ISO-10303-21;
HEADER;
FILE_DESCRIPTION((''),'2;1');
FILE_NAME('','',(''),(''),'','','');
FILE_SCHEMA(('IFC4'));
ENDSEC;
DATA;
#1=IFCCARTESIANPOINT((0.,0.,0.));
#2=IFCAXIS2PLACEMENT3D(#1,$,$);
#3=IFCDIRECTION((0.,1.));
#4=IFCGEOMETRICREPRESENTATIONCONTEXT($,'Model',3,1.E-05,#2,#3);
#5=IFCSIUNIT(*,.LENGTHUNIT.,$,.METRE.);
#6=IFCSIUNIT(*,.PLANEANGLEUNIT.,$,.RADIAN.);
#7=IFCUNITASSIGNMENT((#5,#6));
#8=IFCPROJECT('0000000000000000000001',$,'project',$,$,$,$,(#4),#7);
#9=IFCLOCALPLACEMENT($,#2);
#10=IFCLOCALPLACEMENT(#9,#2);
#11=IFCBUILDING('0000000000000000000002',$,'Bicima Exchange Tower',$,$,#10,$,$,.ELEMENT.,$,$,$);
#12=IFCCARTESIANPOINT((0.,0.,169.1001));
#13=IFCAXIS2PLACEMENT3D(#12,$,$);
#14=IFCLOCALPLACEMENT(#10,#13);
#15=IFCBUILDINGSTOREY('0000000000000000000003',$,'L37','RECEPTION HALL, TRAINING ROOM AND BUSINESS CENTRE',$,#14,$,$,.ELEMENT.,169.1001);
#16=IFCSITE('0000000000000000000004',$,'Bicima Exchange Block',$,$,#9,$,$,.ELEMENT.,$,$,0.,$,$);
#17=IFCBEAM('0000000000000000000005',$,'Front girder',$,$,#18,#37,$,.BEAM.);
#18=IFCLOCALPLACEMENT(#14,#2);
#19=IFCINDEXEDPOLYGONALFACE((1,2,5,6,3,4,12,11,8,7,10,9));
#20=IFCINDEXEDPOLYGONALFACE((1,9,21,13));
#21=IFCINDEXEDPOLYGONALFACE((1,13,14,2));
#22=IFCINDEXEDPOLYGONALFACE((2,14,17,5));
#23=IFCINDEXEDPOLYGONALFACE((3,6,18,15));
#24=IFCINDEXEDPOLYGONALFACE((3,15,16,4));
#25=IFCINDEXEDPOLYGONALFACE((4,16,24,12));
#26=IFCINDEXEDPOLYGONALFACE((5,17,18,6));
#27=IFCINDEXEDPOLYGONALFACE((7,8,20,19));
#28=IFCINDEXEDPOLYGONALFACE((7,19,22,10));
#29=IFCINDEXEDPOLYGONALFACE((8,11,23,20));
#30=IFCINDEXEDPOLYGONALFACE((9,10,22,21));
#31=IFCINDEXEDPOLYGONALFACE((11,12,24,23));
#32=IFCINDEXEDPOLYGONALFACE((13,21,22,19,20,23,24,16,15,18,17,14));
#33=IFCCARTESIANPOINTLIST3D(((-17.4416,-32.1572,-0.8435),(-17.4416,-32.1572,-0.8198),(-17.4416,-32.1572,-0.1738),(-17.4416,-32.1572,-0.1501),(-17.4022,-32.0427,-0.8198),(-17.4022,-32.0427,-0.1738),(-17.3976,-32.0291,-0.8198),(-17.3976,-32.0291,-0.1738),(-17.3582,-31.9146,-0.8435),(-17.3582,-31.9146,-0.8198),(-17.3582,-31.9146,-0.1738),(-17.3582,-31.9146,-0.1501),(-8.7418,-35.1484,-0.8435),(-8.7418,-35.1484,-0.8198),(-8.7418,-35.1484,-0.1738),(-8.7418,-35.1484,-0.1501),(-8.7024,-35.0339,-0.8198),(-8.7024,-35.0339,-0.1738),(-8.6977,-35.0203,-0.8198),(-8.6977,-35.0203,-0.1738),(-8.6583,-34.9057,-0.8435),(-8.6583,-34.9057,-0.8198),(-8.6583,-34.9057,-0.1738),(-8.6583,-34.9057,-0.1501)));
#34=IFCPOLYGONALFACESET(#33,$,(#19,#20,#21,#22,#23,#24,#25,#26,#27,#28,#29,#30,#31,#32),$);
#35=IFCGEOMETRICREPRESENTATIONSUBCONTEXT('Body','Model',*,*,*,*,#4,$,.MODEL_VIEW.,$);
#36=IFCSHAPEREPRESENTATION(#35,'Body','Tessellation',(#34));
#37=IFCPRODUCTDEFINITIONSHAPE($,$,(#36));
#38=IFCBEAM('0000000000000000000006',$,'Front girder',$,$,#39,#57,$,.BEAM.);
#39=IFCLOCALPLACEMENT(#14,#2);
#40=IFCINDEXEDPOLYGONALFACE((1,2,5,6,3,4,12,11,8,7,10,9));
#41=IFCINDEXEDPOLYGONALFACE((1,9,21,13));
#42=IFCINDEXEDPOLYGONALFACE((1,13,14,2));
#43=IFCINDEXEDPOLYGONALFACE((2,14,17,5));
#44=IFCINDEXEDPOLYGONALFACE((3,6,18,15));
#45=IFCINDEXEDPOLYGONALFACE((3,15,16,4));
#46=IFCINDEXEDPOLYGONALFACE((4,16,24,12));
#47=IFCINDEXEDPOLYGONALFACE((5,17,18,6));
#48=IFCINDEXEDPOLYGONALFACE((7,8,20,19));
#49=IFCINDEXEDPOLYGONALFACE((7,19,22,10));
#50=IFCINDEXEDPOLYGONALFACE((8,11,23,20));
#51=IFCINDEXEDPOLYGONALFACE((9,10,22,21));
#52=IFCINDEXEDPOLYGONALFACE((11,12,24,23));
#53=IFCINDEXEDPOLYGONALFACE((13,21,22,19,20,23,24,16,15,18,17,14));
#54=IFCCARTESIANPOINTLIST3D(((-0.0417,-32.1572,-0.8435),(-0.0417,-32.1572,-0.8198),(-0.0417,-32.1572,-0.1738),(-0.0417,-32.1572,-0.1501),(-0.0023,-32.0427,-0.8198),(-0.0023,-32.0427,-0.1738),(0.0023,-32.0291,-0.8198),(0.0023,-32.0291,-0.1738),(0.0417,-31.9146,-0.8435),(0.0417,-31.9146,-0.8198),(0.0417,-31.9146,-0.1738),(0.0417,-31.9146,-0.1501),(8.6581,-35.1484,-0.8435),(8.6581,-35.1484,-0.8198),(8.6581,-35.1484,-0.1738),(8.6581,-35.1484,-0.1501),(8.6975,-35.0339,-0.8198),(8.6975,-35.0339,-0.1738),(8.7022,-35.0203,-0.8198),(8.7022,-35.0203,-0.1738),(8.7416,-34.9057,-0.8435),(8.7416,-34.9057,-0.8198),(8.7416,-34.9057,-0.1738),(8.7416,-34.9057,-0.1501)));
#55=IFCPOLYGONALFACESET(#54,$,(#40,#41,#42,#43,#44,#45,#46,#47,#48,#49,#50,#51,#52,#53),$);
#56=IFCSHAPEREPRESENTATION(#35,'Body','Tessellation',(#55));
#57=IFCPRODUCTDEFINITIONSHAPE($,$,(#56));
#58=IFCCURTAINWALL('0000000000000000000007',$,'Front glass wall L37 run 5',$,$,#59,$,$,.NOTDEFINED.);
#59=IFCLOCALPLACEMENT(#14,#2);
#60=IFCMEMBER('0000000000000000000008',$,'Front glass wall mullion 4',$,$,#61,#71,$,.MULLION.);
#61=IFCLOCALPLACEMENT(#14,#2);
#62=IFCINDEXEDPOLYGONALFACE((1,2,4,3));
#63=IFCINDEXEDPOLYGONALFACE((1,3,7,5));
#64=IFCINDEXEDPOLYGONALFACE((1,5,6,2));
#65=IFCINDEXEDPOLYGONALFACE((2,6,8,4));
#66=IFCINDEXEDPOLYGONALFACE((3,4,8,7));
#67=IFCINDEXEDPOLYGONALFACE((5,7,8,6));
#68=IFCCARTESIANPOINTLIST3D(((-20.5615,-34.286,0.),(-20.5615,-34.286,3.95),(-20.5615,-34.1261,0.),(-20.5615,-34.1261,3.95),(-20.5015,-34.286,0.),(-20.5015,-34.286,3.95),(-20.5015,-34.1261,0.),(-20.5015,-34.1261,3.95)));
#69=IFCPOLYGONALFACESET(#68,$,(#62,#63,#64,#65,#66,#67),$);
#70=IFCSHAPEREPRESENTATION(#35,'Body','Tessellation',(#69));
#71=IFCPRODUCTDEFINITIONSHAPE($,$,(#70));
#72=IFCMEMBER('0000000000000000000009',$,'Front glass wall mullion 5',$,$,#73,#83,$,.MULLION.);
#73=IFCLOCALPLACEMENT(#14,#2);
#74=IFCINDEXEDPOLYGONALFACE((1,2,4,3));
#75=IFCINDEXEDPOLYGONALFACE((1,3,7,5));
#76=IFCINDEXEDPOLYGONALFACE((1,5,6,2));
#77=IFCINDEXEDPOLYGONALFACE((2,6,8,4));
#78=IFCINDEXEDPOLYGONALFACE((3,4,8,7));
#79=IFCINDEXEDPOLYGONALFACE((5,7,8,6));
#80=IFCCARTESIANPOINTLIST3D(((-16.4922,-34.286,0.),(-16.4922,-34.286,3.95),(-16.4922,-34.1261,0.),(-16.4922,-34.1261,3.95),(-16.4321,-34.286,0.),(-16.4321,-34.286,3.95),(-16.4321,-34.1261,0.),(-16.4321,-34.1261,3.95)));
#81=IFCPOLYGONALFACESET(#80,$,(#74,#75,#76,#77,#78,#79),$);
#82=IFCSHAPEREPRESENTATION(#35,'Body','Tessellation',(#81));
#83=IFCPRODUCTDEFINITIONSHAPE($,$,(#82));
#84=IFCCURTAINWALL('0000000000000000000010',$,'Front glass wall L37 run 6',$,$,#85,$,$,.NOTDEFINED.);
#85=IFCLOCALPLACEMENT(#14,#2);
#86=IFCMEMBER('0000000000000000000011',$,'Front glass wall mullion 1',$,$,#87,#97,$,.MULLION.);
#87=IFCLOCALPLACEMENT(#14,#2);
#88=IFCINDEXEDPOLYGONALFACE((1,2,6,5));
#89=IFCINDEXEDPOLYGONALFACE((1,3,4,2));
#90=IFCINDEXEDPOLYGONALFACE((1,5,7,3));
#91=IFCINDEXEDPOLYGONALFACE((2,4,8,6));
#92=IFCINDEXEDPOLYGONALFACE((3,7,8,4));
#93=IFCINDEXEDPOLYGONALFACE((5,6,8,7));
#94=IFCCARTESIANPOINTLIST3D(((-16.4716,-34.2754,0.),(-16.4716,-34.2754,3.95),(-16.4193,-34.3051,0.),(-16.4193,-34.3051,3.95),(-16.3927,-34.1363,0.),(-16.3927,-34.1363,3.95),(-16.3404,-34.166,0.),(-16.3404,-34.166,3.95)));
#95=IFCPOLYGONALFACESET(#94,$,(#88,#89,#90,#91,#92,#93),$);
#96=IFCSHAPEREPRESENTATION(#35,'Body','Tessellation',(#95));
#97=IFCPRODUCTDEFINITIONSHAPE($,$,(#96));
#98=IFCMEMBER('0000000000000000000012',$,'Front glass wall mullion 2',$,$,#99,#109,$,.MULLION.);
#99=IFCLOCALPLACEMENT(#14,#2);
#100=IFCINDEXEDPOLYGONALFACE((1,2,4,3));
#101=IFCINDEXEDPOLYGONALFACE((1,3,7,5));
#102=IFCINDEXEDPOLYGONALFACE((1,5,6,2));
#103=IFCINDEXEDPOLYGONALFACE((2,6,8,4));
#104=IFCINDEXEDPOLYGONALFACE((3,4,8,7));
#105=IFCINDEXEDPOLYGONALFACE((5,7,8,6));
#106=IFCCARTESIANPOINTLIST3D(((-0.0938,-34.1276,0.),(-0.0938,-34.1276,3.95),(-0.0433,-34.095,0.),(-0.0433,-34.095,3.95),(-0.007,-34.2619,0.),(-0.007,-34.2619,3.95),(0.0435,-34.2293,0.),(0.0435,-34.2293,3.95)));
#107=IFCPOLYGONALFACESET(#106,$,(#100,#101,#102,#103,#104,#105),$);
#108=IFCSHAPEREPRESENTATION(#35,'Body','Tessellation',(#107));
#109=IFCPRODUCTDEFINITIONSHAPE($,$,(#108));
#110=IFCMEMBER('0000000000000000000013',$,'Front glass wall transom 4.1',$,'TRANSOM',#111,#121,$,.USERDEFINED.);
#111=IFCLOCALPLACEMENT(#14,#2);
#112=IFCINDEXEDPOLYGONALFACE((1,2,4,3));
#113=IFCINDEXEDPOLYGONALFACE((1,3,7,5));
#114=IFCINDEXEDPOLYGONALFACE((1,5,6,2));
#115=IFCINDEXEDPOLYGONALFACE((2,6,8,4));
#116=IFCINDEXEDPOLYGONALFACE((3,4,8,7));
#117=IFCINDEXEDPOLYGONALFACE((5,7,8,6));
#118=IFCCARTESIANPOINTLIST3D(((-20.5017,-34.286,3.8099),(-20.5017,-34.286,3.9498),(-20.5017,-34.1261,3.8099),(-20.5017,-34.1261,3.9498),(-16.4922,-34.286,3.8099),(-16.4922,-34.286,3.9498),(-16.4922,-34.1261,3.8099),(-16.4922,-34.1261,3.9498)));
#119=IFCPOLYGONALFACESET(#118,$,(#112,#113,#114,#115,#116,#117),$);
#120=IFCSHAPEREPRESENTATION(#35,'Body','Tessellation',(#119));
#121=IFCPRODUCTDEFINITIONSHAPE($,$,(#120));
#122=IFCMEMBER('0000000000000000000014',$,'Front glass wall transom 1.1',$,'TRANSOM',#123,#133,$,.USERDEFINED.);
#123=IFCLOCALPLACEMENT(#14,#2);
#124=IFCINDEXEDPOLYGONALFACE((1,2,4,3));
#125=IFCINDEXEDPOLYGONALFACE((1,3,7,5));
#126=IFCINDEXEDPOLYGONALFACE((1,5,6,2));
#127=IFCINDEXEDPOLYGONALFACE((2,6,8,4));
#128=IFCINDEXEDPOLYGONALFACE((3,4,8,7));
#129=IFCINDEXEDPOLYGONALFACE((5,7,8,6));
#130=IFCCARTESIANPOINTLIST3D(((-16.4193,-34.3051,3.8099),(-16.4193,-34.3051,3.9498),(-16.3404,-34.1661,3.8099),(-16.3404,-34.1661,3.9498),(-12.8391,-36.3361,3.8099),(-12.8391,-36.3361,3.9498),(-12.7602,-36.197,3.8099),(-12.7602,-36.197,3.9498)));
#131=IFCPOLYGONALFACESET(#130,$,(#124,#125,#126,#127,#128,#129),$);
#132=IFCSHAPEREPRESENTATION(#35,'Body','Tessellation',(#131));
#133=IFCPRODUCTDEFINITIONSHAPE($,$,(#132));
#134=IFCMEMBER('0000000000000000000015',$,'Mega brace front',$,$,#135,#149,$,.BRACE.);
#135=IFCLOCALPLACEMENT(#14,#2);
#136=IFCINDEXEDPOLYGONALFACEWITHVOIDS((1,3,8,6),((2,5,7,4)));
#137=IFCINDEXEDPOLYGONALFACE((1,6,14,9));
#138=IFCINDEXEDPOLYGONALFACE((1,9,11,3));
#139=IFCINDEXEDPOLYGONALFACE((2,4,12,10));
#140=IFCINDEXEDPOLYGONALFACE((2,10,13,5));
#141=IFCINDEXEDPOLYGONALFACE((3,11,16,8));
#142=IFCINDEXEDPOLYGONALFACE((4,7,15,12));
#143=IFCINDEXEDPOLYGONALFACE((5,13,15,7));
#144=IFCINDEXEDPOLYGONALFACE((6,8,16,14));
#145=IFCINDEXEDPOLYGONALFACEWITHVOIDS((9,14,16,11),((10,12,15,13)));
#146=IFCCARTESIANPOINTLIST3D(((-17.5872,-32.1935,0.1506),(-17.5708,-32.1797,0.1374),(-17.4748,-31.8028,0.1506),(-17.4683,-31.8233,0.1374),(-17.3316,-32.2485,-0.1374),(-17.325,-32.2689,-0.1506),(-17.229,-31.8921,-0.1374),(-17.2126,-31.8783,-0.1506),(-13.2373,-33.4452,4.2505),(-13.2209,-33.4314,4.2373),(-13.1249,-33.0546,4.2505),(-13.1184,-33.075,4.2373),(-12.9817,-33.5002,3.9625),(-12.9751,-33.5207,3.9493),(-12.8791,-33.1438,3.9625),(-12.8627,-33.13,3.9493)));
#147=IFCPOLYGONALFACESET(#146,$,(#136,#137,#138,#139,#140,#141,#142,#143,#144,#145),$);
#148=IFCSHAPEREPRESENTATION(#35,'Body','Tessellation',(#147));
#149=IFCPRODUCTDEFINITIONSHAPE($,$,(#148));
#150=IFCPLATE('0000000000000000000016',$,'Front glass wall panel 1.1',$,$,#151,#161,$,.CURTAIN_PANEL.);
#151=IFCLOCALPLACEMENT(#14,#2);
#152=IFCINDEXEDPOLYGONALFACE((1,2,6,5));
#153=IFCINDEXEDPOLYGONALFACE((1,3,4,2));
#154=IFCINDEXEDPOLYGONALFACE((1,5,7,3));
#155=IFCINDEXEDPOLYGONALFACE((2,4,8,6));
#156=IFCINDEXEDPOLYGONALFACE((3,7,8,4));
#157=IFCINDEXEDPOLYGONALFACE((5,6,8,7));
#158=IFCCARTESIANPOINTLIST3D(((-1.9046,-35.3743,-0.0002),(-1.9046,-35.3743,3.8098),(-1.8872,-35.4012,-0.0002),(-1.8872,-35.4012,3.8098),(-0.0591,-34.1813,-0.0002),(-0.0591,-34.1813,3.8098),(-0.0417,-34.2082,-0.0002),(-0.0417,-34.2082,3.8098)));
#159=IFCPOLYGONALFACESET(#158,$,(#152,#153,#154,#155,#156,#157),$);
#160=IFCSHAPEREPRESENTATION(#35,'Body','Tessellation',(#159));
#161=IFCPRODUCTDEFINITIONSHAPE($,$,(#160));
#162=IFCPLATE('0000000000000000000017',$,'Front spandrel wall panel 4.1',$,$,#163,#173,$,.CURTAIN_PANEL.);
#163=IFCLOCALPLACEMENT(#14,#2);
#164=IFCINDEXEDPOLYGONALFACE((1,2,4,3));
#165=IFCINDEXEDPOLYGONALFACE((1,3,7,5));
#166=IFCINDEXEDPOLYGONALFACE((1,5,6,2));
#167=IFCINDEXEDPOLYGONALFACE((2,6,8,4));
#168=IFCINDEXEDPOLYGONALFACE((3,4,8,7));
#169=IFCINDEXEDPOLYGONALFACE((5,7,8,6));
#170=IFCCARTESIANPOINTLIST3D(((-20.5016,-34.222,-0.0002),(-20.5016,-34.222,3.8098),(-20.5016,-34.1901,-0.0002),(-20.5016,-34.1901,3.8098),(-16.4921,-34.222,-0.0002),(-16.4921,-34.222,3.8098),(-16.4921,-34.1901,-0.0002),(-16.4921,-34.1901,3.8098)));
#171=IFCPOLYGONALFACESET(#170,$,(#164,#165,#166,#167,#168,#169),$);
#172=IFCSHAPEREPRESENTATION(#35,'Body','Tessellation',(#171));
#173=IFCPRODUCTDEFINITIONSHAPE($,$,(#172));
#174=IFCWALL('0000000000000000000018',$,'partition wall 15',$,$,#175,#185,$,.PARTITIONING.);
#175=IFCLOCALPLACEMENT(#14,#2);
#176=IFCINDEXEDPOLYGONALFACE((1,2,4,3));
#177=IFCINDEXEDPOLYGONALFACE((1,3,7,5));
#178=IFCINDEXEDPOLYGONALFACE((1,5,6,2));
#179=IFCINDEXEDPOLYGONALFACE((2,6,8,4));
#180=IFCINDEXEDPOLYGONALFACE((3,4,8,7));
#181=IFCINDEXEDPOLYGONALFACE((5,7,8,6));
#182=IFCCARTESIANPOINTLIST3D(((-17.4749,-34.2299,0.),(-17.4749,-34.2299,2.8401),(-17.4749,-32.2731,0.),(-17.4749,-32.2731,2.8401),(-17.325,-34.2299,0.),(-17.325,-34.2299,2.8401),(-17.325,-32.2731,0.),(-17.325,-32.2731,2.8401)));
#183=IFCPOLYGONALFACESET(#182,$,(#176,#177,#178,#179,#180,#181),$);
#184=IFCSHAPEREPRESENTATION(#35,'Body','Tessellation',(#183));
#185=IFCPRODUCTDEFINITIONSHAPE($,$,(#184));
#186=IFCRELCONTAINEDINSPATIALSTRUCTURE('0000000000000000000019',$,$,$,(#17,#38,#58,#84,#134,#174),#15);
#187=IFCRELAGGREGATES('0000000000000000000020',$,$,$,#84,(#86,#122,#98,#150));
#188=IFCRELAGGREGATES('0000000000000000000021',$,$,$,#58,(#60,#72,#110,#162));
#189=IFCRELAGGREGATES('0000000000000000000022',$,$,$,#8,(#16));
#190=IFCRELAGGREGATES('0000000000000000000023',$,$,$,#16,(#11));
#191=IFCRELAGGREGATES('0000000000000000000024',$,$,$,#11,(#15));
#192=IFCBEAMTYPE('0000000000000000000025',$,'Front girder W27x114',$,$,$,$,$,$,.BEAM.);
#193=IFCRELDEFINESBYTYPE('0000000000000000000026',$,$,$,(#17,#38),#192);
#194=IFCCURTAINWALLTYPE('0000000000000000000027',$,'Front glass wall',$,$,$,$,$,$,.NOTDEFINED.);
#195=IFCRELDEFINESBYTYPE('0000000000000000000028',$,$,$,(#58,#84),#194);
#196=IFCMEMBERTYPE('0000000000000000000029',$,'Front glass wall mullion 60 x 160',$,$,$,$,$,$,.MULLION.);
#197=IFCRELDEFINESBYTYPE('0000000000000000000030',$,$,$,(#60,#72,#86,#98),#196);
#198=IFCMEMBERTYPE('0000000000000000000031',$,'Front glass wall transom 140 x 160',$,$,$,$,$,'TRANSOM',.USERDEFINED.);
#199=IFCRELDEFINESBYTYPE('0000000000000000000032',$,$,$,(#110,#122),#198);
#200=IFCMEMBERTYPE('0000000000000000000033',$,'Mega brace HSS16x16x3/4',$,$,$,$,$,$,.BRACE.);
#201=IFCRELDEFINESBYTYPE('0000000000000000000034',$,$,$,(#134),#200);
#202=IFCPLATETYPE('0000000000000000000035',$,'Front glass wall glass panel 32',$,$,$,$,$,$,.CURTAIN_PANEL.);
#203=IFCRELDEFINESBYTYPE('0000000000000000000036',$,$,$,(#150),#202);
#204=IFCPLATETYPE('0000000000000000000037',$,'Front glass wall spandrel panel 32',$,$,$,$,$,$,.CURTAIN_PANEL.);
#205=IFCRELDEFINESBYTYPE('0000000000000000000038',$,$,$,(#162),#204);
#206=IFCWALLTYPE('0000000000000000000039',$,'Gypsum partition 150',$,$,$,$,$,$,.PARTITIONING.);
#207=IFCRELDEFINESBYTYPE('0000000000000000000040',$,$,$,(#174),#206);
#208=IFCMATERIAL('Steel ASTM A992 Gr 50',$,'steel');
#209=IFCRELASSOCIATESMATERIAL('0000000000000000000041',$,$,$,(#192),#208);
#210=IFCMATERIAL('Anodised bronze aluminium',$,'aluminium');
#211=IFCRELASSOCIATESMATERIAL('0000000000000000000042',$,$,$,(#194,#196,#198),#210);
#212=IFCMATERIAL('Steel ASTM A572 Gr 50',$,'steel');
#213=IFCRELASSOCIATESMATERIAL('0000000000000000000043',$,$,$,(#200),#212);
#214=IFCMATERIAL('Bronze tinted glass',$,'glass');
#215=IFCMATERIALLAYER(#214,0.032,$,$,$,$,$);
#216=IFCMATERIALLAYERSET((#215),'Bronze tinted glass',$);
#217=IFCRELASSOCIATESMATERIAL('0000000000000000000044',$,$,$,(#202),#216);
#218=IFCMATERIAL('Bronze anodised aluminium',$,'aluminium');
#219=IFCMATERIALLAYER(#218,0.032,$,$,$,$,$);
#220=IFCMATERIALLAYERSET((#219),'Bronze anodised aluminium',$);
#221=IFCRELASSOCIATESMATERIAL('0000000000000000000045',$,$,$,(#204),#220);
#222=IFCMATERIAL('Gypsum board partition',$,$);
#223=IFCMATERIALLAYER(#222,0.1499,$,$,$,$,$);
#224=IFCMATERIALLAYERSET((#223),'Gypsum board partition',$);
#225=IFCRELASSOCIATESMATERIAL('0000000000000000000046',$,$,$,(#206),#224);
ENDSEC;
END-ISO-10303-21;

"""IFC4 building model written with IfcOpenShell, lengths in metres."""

from ifc_helpers import new_model, si_unit, direction, frame, frame_2d, origin, origin_2d, place, context, subcontext, project, spatial, rectangle, hollow_rectangle, i_section, extrude, material, layer, layer_set, material_profile, profile_set, type_object, element, aggregate, save


model = new_model("IFC4")

# Units and contexts
model_context = context("Model", 3, precision=1e-05, world=origin(), true_north=direction((0.0, 1.0)))
body_context = subcontext(model_context, "Body", "Model", "MODEL_VIEW")
ifc_project = project(units=[si_unit("LENGTHUNIT", "METRE"), si_unit("PLANEANGLEUNIT", "RADIAN")], contexts=[model_context])

# Site, building, storey
site_placement = place(None, origin())
site = spatial("IfcSite", under=ifc_project, at=site_placement, Name="Bicima Exchange Block", CompositionType="ELEMENT", RefElevation=0.0)
building_placement = place(site_placement, origin())
building = spatial("IfcBuilding", under=site, at=building_placement, Name="Bicima Exchange Tower", CompositionType="ELEMENT")
storey_placement = place(building_placement, frame((0.0, 0.0, 169.1001)))
storey = spatial("IfcBuildingStorey", under=building, at=storey_placement, Name="L37", Description="RECEPTION HALL, TRAINING ROOM AND BUSINESS CENTRE", CompositionType="ELEMENT", Elevation=169.1001)

# Shared definitions
ifc_material_1 = material(Name="Steel ASTM A992 Gr 50", Category="steel")

# Beams
ifc_material_profile_1 = material_profile(ifc_material_1, i_section(OverallWidth=0.2566, OverallDepth=0.6934, WebThickness=0.0144, FlangeThickness=0.0237, at=origin_2d()))
ifc_profile_set_1 = profile_set([ifc_material_profile_1], Name="Steel ASTM A992 Gr 50")
beam_type_1 = type_object("IfcBeamType", Name="Front girder W27x114", PredefinedType="BEAM", material=ifc_profile_set_1)
for number, where, z_axis, x_axis, name in (
    (1, (-17.3999, -32.0359, -0.4968), (0.945666, -0.325138, 0.0), (0.325138, 0.945666, 0.0), "Front girder"),
    (2, (0.0, -32.0359, -0.4968), (0.945666, -0.325138, 0.0), (0.325138, 0.945666, 0.0), "Front girder"),
):
    element("IfcBeam", number, at=place(storey_placement, frame(where, z_axis=z_axis, x_axis=x_axis)), inside=storey, type_object=beam_type_1, Name=name, PredefinedType="BEAM", context=body_context, shape_type="SweptSolid", body=[
        extrude(i_section(OverallWidth=0.2566, OverallDepth=0.6934, WebThickness=0.0144, FlangeThickness=0.0237, at=origin_2d()), origin(), (0.0, 0.0, 1.0), 9.1997),
    ])

# Curtain walls, members
ifc_material_2 = material(Name="Anodised bronze aluminium", Category="aluminium")
curtain_wall_type = type_object("IfcCurtainWallType", Name="Front glass wall", PredefinedType="NOTDEFINED", material=ifc_material_2)
curtain_wall_1_placement = place(storey_placement, origin())
curtain_wall_1 = element("IfcCurtainWall", 3, at=curtain_wall_1_placement, inside=storey, type_object=curtain_wall_type, Name="Front glass wall L37 run 5", PredefinedType="NOTDEFINED")
ifc_material_profile_2 = material_profile(ifc_material_2, rectangle(XDim=0.1599, YDim=0.0601, at=origin_2d()))
ifc_profile_set_2 = profile_set([ifc_material_profile_2], Name="Anodised bronze aluminium")
member_type_1 = type_object("IfcMemberType", Name="Front glass wall mullion 60 x 160", PredefinedType="MULLION", material=ifc_profile_set_2)
member_1_placement = place(storey_placement, frame((-20.5315, -34.2061, 0.0), z_axis=(0.0, 0.0, 1.0), x_axis=(0.0, 1.0, 0.0)))
member_1 = element("IfcMember", 4, at=member_1_placement, type_object=member_type_1, Name="Front glass wall mullion 4", PredefinedType="MULLION", context=body_context, shape_type="SweptSolid", body=[
    extrude(rectangle(XDim=0.1599, YDim=0.0601, at=origin_2d()), origin(), (0.0, 0.0, 1.0), 3.95),
])
member_2_placement = place(storey_placement, frame((-16.4622, -34.2061, 0.0), z_axis=(0.0, 0.0, 1.0), x_axis=(0.0, 1.0, 0.0)))
member_2 = element("IfcMember", 5, at=member_2_placement, type_object=member_type_1, Name="Front glass wall mullion 5", PredefinedType="MULLION", context=body_context, shape_type="SweptSolid", body=[
    extrude(rectangle(XDim=0.1599, YDim=0.0601, at=origin_2d()), origin(), (0.0, 0.0, 1.0), 3.95),
])
curtain_wall_2_placement = place(storey_placement, origin())
curtain_wall_2 = element("IfcCurtainWall", 6, at=curtain_wall_2_placement, inside=storey, type_object=curtain_wall_type, Name="Front glass wall L37 run 6", PredefinedType="NOTDEFINED")
member_3_placement = place(storey_placement, frame((-16.406, -34.2207, 0.0), z_axis=(0.0, 0.0, 1.0), x_axis=(0.493395, 0.869805, 0.0)))
member_3 = element("IfcMember", 7, at=member_3_placement, type_object=member_type_1, Name="Front glass wall mullion 1", PredefinedType="MULLION", context=body_context, shape_type="SweptSolid", body=[
    extrude(rectangle(XDim=0.1599, YDim=0.0601, at=origin_2d()), origin(), (0.0, 0.0, 1.0), 3.95),
])
member_4_placement = place(storey_placement, frame((-0.0251, -34.1785, 0.0), z_axis=(0.0, 0.0, 1.0), x_axis=(-0.542897, 0.839799, 0.0)))
member_4 = element("IfcMember", 8, at=member_4_placement, type_object=member_type_1, Name="Front glass wall mullion 2", PredefinedType="MULLION", context=body_context, shape_type="SweptSolid", body=[
    extrude(rectangle(XDim=0.1599, YDim=0.0601, at=origin_2d()), origin(), (0.0, 0.0, 1.0), 3.95),
])

# Members
ifc_material_profile_3 = material_profile(ifc_material_2, rectangle(XDim=0.1599, YDim=0.1399, at=origin_2d()))
ifc_profile_set_3 = profile_set([ifc_material_profile_3], Name="Anodised bronze aluminium")
member_type_2 = type_object("IfcMemberType", Name="Front glass wall transom 140 x 160", ElementType="TRANSOM", PredefinedType="USERDEFINED", material=ifc_profile_set_3)
member_5_placement = place(storey_placement, frame((-20.5017, -34.2061, 3.8799), z_axis=(1.0, 0.0, 0.0), x_axis=(0.0, 1.0, 0.0)))
member_5 = element("IfcMember", 9, at=member_5_placement, type_object=member_type_2, Name="Front glass wall transom 4.1", ObjectType="TRANSOM", PredefinedType="USERDEFINED", context=body_context, shape_type="SweptSolid", body=[
    extrude(rectangle(XDim=0.1599, YDim=0.1399, at=origin_2d()), origin(), (0.0, 0.0, 1.0), 4.0095),
])
member_6_placement = place(storey_placement, frame((-16.3799, -34.2356, 3.8799), z_axis=(0.869797, -0.493409, 0.0), x_axis=(0.493409, 0.869797, 0.0)))
member_6 = element("IfcMember", 10, at=member_6_placement, type_object=member_type_2, Name="Front glass wall transom 1.1", ObjectType="TRANSOM", PredefinedType="USERDEFINED", context=body_context, shape_type="SweptSolid", body=[
    extrude(rectangle(XDim=0.1599, YDim=0.1399, at=origin_2d()), origin(), (0.0, 0.0, 1.0), 4.1162),
])
ifc_material_3 = material(Name="Steel ASTM A572 Gr 50", Category="steel")
ifc_material_profile_4 = material_profile(ifc_material_3, hollow_rectangle(XDim=0.4065, YDim=0.4065, WallThickness=0.0178, at=origin_2d()))
ifc_profile_set_4 = profile_set([ifc_material_profile_4], Name="Steel ASTM A572 Gr 50")
member_type_3 = type_object("IfcMemberType", Name="Mega brace HSS16x16x3/4", PredefinedType="BRACE", material=ifc_profile_set_4)
member_7_placement = place(storey_placement, frame((-17.3999, -32.0359, 0.0), z_axis=(0.71226, -0.204959, 0.671325), x_axis=(0.276537, 0.961003, 0.0)))
element("IfcMember", 11, at=member_7_placement, inside=storey, type_object=member_type_3, Name="Mega brace front", PredefinedType="BRACE", context=body_context, shape_type="SweptSolid", body=[
    extrude(hollow_rectangle(XDim=0.4065, YDim=0.4065, WallThickness=0.0178, at=origin_2d()), origin(), (0.0, 0.0, 1.0), 6.1072),
])

# Plates
ifc_material_4 = material(Name="Bronze tinted glass", Category="glass")
ifc_layer_1 = layer(ifc_material_4, 0.032)
ifc_layer_set_1 = layer_set([ifc_layer_1], Name="Bronze tinted glass")
plate_type_1 = type_object("IfcPlateType", Name="Front glass wall glass panel 32", PredefinedType="CURTAIN_PANEL", material=ifc_layer_set_1)
plate_1_placement = place(storey_placement, frame((-0.9731, -34.7913, -0.0002), z_axis=(0.0, 0.0, 1.0), x_axis=(0.839799, 0.542897, 0.0)))
plate_1 = element("IfcPlate", 12, at=plate_1_placement, type_object=plate_type_1, Name="Front glass wall panel 1.1", PredefinedType="CURTAIN_PANEL", context=body_context, shape_type="SweptSolid", body=[
    extrude(rectangle(XDim=2.1975, YDim=0.032, at=origin_2d()), origin(), (0.0, 0.0, 1.0), 3.8101),
])
aggregate(curtain_wall_2, [member_3, member_6, member_4, plate_1])
ifc_material_5 = material(Name="Bronze anodised aluminium", Category="aluminium")
ifc_layer_2 = layer(ifc_material_5, 0.032)
ifc_layer_set_2 = layer_set([ifc_layer_2], Name="Bronze anodised aluminium")
plate_type_2 = type_object("IfcPlateType", Name="Front glass wall spandrel panel 32", PredefinedType="CURTAIN_PANEL", material=ifc_layer_set_2)
plate_2_placement = place(storey_placement, frame((-18.4968, -34.2061, -0.0002), z_axis=(0.0, 0.0, 1.0), x_axis=(1.0, 0.0, 0.0)))
plate_2 = element("IfcPlate", 13, at=plate_2_placement, type_object=plate_type_2, Name="Front spandrel wall panel 4.1", PredefinedType="CURTAIN_PANEL", context=body_context, shape_type="SweptSolid", body=[
    extrude(rectangle(XDim=4.0095, YDim=0.032, at=origin_2d()), origin(), (0.0, 0.0, 1.0), 3.8101),
])
aggregate(curtain_wall_1, [member_1, member_2, member_5, plate_2])

# Wall
ifc_material_6 = material(Name="Gypsum board partition")
ifc_layer_3 = layer(ifc_material_6, 0.1499)
ifc_layer_set_3 = layer_set([ifc_layer_3], Name="Gypsum board partition")
wall_type = type_object("IfcWallType", Name="Gypsum partition 150", PredefinedType="PARTITIONING", material=ifc_layer_set_3)
wall_1_placement = place(storey_placement, frame((-17.3999, -34.23, 0.0), z_axis=(0.0, 0.0, 1.0), x_axis=(0.0, 1.0, 0.0)))
element("IfcWall", 14, at=wall_1_placement, inside=storey, type_object=wall_type, Name="partition wall 15", PredefinedType="PARTITIONING", context=body_context, shape_type="SweptSolid", body=[
    extrude(rectangle(XDim=1.9568, YDim=0.1499, at=frame_2d((0.9785, 0.0))), origin(), (0.0, 0.0, 1.0), 2.8401),
])

save(model, "model.ifc")
